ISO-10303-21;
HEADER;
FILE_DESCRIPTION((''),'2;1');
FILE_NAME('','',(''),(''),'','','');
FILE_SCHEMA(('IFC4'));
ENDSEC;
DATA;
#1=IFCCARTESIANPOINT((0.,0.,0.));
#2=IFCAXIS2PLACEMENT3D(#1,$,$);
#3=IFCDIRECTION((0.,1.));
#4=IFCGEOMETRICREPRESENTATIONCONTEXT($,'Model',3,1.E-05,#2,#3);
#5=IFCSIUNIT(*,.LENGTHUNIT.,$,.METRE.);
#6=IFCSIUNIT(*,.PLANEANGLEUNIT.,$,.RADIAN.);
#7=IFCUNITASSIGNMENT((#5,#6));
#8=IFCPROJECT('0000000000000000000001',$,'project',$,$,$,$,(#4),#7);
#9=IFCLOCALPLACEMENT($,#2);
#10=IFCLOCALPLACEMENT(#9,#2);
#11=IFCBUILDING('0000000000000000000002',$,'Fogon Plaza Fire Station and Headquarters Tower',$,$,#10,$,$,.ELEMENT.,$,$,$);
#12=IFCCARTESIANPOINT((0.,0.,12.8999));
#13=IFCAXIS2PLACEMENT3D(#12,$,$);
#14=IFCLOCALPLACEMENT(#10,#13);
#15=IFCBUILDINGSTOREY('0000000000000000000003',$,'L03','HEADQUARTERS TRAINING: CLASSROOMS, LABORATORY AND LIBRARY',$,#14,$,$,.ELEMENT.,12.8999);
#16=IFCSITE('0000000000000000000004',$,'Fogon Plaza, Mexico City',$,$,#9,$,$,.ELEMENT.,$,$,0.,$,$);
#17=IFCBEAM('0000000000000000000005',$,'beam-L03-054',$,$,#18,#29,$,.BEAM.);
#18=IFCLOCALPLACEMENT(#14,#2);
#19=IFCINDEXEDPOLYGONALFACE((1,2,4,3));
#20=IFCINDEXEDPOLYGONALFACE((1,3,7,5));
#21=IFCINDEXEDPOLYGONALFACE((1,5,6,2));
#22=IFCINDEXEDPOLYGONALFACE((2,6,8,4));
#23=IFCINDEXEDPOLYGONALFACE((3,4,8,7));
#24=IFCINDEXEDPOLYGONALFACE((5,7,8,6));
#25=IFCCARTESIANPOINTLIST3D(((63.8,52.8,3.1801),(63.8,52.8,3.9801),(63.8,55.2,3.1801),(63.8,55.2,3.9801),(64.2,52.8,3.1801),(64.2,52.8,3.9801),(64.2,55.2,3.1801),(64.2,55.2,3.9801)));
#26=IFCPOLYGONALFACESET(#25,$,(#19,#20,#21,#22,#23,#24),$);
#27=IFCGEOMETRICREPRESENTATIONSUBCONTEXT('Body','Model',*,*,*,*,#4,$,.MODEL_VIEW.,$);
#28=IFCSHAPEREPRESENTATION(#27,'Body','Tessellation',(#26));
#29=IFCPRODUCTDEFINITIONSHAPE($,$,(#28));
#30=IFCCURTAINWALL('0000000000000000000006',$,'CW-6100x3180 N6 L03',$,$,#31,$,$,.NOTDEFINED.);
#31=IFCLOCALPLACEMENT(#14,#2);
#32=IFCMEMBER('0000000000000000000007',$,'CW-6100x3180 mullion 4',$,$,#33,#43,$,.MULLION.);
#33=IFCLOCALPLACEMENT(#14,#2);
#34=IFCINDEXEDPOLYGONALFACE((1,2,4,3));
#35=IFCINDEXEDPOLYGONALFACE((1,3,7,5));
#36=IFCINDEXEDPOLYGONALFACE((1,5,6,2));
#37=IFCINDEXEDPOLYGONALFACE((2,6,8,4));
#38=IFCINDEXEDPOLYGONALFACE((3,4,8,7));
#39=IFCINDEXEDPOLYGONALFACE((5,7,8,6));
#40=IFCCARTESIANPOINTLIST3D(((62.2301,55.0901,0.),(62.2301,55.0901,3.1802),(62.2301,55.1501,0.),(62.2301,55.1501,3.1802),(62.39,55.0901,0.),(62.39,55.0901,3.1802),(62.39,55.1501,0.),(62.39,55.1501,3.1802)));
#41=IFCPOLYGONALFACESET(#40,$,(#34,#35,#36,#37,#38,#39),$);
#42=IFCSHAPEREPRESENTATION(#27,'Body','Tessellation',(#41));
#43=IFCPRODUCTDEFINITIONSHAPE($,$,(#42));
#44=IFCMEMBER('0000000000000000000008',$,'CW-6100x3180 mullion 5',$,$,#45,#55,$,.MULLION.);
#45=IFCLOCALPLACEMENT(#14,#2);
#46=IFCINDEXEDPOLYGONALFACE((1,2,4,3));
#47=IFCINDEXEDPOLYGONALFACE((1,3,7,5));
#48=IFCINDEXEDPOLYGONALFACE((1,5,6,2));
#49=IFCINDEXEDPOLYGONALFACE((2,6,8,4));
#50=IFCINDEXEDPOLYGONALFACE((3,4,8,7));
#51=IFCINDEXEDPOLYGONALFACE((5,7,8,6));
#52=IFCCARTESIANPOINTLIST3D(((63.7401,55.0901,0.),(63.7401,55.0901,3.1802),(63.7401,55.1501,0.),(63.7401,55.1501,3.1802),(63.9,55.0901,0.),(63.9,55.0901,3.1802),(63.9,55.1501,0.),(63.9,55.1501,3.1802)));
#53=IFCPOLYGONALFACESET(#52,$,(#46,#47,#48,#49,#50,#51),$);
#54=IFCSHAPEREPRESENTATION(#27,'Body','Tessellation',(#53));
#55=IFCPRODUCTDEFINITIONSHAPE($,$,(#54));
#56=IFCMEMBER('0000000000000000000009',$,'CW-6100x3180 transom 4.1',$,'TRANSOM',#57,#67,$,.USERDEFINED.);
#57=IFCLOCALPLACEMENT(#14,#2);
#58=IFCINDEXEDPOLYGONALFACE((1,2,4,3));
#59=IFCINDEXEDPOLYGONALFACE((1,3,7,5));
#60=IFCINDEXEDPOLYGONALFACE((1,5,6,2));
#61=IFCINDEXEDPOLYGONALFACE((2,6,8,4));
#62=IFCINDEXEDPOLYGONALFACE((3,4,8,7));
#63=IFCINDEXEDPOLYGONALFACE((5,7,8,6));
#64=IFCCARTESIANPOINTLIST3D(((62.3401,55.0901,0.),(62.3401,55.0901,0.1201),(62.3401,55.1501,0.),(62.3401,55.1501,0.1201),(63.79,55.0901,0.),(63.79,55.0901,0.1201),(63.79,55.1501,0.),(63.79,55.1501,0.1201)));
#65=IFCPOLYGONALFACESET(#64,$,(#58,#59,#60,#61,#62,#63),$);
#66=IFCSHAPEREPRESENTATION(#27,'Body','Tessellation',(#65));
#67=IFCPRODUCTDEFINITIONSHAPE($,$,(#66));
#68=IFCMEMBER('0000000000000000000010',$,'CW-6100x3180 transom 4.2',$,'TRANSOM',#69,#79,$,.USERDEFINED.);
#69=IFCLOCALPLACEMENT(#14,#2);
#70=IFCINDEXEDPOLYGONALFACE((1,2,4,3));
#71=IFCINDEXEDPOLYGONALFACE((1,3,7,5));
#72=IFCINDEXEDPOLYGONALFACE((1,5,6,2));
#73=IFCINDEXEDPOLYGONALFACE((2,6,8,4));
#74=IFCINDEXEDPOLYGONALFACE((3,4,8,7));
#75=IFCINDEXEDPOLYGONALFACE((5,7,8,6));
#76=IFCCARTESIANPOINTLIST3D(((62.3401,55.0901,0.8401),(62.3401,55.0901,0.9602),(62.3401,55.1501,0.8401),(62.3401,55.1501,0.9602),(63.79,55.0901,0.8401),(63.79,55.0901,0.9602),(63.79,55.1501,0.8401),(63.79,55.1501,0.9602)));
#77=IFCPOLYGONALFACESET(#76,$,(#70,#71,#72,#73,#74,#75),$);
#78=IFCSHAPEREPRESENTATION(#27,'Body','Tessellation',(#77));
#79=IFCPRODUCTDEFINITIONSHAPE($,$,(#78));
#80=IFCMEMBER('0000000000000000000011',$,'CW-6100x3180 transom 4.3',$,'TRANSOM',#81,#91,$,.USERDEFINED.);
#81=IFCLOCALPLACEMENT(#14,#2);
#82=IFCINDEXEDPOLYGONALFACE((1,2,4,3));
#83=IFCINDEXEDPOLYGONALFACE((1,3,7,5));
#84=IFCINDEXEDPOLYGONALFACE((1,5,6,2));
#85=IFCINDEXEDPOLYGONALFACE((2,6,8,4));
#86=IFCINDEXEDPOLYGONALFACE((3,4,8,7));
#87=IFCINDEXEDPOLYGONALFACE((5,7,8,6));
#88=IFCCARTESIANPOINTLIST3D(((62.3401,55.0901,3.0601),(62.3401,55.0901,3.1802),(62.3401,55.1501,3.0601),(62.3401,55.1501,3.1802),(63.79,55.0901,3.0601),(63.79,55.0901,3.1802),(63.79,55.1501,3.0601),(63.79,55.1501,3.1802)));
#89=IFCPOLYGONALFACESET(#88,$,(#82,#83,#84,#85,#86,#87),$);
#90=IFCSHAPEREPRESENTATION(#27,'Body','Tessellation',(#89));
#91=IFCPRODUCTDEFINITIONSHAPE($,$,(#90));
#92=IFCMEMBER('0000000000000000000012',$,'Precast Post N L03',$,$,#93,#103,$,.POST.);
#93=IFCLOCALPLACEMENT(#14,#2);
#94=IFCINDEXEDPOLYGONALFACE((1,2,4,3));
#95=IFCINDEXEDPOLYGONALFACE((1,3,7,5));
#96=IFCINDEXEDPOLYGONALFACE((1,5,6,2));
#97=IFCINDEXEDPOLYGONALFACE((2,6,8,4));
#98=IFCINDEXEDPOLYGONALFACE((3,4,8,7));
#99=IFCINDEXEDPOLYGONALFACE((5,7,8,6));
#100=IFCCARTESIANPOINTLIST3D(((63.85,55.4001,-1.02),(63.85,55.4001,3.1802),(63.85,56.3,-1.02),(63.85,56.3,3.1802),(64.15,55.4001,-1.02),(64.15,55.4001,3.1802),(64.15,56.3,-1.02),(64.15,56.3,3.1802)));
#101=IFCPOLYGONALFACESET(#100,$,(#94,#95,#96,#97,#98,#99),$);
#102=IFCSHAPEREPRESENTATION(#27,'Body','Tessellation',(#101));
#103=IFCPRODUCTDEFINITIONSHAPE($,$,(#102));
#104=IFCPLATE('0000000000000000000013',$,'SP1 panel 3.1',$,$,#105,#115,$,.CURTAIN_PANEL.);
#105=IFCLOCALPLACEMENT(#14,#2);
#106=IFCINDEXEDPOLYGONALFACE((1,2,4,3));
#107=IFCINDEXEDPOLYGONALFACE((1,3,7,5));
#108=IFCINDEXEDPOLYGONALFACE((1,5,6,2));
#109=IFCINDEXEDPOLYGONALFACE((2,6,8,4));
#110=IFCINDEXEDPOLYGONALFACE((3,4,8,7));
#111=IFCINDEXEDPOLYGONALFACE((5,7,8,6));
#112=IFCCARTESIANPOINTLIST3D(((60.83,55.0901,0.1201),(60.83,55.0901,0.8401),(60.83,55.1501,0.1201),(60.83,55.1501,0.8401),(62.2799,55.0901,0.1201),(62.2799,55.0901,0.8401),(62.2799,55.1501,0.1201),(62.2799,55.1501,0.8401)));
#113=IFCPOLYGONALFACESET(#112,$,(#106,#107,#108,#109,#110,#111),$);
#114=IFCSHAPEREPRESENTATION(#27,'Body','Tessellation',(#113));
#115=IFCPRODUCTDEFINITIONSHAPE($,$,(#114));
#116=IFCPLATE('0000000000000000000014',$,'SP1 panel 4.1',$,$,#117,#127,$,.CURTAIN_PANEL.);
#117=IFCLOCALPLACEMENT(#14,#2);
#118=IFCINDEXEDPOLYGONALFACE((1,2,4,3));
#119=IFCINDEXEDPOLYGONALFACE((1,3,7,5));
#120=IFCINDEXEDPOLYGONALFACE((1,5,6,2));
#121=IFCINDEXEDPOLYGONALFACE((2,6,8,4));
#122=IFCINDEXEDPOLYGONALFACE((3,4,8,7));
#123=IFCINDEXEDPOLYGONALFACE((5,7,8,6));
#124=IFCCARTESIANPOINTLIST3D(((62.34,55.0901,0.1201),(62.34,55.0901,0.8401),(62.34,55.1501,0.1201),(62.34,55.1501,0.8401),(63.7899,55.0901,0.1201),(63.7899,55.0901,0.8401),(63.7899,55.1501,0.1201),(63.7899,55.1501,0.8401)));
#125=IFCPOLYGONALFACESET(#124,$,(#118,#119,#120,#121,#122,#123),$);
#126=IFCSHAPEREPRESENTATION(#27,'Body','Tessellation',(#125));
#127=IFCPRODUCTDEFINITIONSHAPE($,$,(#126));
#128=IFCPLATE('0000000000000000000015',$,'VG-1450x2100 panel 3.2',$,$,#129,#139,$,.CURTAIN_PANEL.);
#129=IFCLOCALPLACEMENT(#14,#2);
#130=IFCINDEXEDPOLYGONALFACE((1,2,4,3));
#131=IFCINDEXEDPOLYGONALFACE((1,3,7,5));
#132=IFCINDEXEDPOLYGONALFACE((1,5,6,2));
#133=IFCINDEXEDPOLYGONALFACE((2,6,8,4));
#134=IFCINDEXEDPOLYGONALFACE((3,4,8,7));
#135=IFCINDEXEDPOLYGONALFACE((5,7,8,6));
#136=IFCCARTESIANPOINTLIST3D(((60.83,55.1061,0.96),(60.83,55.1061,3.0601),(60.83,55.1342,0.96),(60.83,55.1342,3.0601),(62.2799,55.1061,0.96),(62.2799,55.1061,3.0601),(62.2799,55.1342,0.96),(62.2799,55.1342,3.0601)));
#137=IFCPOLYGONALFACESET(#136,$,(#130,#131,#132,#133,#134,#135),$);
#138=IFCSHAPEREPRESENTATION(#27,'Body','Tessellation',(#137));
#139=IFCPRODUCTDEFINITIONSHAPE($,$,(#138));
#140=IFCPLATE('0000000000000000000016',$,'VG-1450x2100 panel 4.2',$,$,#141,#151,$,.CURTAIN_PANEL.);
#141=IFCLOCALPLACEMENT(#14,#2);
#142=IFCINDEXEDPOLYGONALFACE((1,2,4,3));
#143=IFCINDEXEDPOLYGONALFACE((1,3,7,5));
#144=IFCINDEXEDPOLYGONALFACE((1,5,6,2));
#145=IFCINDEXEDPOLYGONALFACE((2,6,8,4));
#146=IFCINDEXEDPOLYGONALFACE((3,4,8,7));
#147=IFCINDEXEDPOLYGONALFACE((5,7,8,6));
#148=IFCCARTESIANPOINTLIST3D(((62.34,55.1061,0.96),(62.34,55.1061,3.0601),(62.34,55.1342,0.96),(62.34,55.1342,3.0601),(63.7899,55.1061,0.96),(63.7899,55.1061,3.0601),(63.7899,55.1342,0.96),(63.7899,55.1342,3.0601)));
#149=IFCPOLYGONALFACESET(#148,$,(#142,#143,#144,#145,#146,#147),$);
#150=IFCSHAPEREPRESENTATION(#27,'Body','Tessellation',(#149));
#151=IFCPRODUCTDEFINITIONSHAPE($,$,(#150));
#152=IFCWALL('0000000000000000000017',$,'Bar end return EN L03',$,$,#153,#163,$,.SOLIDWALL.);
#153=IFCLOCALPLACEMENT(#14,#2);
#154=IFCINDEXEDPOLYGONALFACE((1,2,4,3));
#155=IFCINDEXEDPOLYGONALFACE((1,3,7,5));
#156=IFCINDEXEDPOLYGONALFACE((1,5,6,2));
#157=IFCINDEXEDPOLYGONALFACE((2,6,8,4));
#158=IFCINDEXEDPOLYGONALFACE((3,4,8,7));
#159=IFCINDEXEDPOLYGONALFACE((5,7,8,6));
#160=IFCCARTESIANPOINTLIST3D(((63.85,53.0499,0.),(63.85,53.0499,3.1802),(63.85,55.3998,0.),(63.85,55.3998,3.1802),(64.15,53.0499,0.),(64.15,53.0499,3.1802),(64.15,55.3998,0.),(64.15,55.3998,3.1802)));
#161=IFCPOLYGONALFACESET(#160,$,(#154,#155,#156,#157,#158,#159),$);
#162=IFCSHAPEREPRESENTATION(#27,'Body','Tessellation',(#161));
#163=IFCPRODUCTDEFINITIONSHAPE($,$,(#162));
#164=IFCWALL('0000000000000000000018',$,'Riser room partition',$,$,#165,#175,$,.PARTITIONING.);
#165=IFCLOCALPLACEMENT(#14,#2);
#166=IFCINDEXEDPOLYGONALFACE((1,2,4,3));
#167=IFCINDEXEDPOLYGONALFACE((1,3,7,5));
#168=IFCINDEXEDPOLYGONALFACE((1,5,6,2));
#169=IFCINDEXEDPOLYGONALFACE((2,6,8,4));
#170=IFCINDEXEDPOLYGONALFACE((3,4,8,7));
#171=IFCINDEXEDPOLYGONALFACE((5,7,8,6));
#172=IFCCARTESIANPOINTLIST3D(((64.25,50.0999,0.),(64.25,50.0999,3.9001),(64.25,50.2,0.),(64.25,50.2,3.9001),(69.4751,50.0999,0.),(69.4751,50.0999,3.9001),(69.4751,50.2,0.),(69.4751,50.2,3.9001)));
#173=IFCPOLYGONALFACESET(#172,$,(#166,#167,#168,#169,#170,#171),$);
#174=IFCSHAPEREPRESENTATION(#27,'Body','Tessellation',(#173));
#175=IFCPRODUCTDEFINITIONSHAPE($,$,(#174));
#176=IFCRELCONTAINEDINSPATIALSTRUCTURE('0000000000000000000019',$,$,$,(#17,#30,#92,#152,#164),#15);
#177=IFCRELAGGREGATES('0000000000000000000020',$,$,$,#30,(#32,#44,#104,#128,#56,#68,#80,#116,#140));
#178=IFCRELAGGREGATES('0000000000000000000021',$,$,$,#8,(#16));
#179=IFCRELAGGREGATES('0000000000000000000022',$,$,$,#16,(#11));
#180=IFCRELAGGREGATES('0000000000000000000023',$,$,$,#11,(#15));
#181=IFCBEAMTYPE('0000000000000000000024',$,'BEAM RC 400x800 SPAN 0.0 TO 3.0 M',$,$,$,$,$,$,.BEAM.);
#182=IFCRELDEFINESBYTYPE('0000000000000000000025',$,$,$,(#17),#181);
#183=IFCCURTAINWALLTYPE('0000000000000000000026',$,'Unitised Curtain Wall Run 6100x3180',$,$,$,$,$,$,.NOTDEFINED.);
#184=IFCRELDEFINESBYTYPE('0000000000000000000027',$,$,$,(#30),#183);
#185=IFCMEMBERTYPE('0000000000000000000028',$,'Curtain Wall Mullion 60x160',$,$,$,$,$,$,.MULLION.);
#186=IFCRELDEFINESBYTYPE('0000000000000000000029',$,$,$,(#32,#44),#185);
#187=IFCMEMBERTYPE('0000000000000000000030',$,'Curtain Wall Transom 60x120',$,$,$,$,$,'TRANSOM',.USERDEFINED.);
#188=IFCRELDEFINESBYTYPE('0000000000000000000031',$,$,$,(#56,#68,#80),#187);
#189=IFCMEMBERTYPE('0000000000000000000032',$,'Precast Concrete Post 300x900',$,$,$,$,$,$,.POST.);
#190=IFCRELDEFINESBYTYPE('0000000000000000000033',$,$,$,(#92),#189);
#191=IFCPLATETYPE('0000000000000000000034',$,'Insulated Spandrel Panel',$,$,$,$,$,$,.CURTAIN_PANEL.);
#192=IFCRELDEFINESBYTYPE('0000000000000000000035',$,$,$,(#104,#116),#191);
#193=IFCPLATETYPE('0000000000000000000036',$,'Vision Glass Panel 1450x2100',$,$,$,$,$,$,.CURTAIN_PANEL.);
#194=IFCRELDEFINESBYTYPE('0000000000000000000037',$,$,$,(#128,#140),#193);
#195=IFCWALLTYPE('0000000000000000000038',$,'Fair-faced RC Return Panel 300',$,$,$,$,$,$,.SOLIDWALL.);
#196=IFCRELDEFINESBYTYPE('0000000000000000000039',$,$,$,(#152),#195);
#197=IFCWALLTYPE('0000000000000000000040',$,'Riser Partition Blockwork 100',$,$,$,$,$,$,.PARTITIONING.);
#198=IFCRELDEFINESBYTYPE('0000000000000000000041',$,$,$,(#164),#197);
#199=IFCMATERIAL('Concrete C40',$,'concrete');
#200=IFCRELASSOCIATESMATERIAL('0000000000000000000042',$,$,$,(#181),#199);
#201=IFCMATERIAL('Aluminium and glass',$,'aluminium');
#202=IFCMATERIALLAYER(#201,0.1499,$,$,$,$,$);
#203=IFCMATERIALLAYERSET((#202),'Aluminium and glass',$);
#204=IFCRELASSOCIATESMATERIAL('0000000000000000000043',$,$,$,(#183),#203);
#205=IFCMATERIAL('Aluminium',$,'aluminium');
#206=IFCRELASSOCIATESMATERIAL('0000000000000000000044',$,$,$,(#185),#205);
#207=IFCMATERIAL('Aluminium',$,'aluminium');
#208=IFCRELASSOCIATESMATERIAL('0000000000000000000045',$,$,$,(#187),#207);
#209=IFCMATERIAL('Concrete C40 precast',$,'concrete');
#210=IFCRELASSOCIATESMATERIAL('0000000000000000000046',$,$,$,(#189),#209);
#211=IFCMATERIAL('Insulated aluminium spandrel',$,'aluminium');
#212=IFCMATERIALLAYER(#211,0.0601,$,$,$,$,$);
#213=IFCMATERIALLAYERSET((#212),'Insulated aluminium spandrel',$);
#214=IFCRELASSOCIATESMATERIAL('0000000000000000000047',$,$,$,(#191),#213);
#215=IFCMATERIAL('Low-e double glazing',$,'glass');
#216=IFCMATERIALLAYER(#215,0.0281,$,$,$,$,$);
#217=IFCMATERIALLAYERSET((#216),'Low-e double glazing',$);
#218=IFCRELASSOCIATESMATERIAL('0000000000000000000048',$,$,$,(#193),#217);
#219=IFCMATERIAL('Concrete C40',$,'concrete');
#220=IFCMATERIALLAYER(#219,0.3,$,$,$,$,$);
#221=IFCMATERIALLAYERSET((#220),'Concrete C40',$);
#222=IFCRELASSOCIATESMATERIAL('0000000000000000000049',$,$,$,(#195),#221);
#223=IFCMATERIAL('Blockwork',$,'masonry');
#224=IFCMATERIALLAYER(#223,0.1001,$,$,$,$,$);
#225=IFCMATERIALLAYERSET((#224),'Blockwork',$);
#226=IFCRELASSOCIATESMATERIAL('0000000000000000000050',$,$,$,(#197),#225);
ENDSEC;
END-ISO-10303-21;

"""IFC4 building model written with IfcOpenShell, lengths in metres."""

from ifc_helpers import new_model, si_unit, direction, frame, frame_2d, origin, origin_2d, place, context, subcontext, project, spatial, rectangle, extrude, material, layer, layer_set, material_profile, profile_set, type_object, element, aggregate, save


model = new_model("IFC4")

# Units and contexts
model_context = context("Model", 3, precision=1e-05, world=origin(), true_north=direction((0.0, 1.0)))
body_context = subcontext(model_context, "Body", "Model", "MODEL_VIEW")
ifc_project = project(units=[si_unit("LENGTHUNIT", "METRE"), si_unit("PLANEANGLEUNIT", "RADIAN")], contexts=[model_context])

# Site, building, storey
site_placement = place(None, origin())
site = spatial("IfcSite", under=ifc_project, at=site_placement, Name="Fogon Plaza, Mexico City", CompositionType="ELEMENT", RefElevation=0.0)
building_placement = place(site_placement, origin())
building = spatial("IfcBuilding", under=site, at=building_placement, Name="Fogon Plaza Fire Station and Headquarters Tower", CompositionType="ELEMENT")
storey_placement = place(building_placement, frame((0.0, 0.0, 12.8999)))
storey = spatial("IfcBuildingStorey", under=building, at=storey_placement, Name="L03", Description="HEADQUARTERS TRAINING: CLASSROOMS, LABORATORY AND LIBRARY", CompositionType="ELEMENT", Elevation=12.8999)

# Beam
ifc_material_1 = material(Name="Concrete C40", Category="concrete")
ifc_material_profile_1 = material_profile(ifc_material_1, rectangle(XDim=0.3999, YDim=0.8, at=origin_2d()), Name="RC 400x800")
ifc_profile_set_1 = profile_set([ifc_material_profile_1], Name="Concrete C40")
beam_type = type_object("IfcBeamType", Name="BEAM RC 400x800 SPAN 0.0 TO 3.0 M", PredefinedType="BEAM", material=ifc_profile_set_1)
beam_placement = place(storey_placement, frame((64.0, 52.8, 3.5801), z_axis=(0.0, 1.0, 0.0), x_axis=(-1.0, 0.0, 0.0)))
element("IfcBeam", 1, at=beam_placement, inside=storey, type_object=beam_type, Name="beam-L03-054", PredefinedType="BEAM", context=body_context, shape_type="SweptSolid", body=[
    extrude(rectangle(XDim=0.3999, YDim=0.8, at=origin_2d()), origin(), (0.0, 0.0, 1.0), 2.3999),
])

# Curtain wall, members
ifc_material_2 = material(Name="Aluminium and glass", Category="aluminium")
ifc_layer_1 = layer(ifc_material_2, 0.1499)
ifc_layer_set_1 = layer_set([ifc_layer_1], Name="Aluminium and glass")
curtain_wall_type = type_object("IfcCurtainWallType", Name="Unitised Curtain Wall Run 6100x3180", PredefinedType="NOTDEFINED", material=ifc_layer_set_1)
curtain_wall_placement = place(storey_placement, origin())
curtain_wall = element("IfcCurtainWall", 2, at=curtain_wall_placement, inside=storey, type_object=curtain_wall_type, Name="CW-6100x3180 N6 L03", PredefinedType="NOTDEFINED")
ifc_material_3 = material(Name="Aluminium", Category="aluminium")
ifc_material_profile_2 = material_profile(ifc_material_3, rectangle(XDim=0.0601, YDim=0.1599, at=origin_2d()), Name="Curtain Wall Mullion 60x160")
ifc_profile_set_2 = profile_set([ifc_material_profile_2], Name="Aluminium")
member_type_1 = type_object("IfcMemberType", Name="Curtain Wall Mullion 60x160", PredefinedType="MULLION", material=ifc_profile_set_2)
member_1_placement = place(storey_placement, frame((62.3101, 55.1201, 0.0), z_axis=(0.0, 0.0, 1.0), x_axis=(0.0, 1.0, 0.0)))
member_1 = element("IfcMember", 3, at=member_1_placement, type_object=member_type_1, Name="CW-6100x3180 mullion 4", PredefinedType="MULLION", context=body_context, shape_type="SweptSolid", body=[
    extrude(rectangle(XDim=0.0601, YDim=0.1599, at=origin_2d()), origin(), (0.0, 0.0, 1.0), 3.1802),
])
member_2_placement = place(storey_placement, frame((63.8201, 55.1201, 0.0), z_axis=(0.0, 0.0, 1.0), x_axis=(0.0, 1.0, 0.0)))
member_2 = element("IfcMember", 4, at=member_2_placement, type_object=member_type_1, Name="CW-6100x3180 mullion 5", PredefinedType="MULLION", context=body_context, shape_type="SweptSolid", body=[
    extrude(rectangle(XDim=0.0601, YDim=0.1599, at=origin_2d()), origin(), (0.0, 0.0, 1.0), 3.1802),
])
ifc_material_4 = material(Name="Aluminium", Category="aluminium")
ifc_material_profile_3 = material_profile(ifc_material_4, rectangle(XDim=0.0601, YDim=0.1201, at=origin_2d()), Name="Curtain Wall Transom 60x120")
ifc_profile_set_3 = profile_set([ifc_material_profile_3], Name="Aluminium")
member_type_2 = type_object("IfcMemberType", Name="Curtain Wall Transom 60x120", ElementType="TRANSOM", PredefinedType="USERDEFINED", material=ifc_profile_set_3)
member_3_placement = place(storey_placement, frame((62.3401, 55.1201, 0.0601), z_axis=(1.0, 0.0, 0.0), x_axis=(0.0, 1.0, 0.0)))
member_3 = element("IfcMember", 5, at=member_3_placement, type_object=member_type_2, Name="CW-6100x3180 transom 4.1", ObjectType="TRANSOM", PredefinedType="USERDEFINED", context=body_context, shape_type="SweptSolid", body=[
    extrude(rectangle(XDim=0.0601, YDim=0.1201, at=origin_2d()), origin(), (0.0, 0.0, 1.0), 1.45),
])
member_4_placement = place(storey_placement, frame((62.3401, 55.1201, 0.9001), z_axis=(1.0, 0.0, 0.0), x_axis=(0.0, 1.0, 0.0)))
member_4 = element("IfcMember", 6, at=member_4_placement, type_object=member_type_2, Name="CW-6100x3180 transom 4.2", ObjectType="TRANSOM", PredefinedType="USERDEFINED", context=body_context, shape_type="SweptSolid", body=[
    extrude(rectangle(XDim=0.0601, YDim=0.1201, at=origin_2d()), origin(), (0.0, 0.0, 1.0), 1.45),
])
member_5_placement = place(storey_placement, frame((62.3401, 55.1201, 3.1201), z_axis=(1.0, 0.0, 0.0), x_axis=(0.0, 1.0, 0.0)))
member_5 = element("IfcMember", 7, at=member_5_placement, type_object=member_type_2, Name="CW-6100x3180 transom 4.3", ObjectType="TRANSOM", PredefinedType="USERDEFINED", context=body_context, shape_type="SweptSolid", body=[
    extrude(rectangle(XDim=0.0601, YDim=0.1201, at=origin_2d()), origin(), (0.0, 0.0, 1.0), 1.45),
])

# Member
ifc_material_5 = material(Name="Concrete C40 precast", Category="concrete")
ifc_material_profile_4 = material_profile(ifc_material_5, rectangle(XDim=0.3, YDim=0.8999, at=origin_2d()), Name="Precast Concrete Post 300x900")
ifc_profile_set_4 = profile_set([ifc_material_profile_4], Name="Concrete C40 precast")
member_type_3 = type_object("IfcMemberType", Name="Precast Concrete Post 300x900", PredefinedType="POST", material=ifc_profile_set_4)
member_6_placement = place(storey_placement, frame((64.0, 55.8501, -1.02), z_axis=(0.0, 0.0, 1.0), x_axis=(1.0, 0.0, 0.0)))
element("IfcMember", 8, at=member_6_placement, inside=storey, type_object=member_type_3, Name="Precast Post N L03", PredefinedType="POST", context=body_context, shape_type="SweptSolid", body=[
    extrude(rectangle(XDim=0.3, YDim=0.8999, at=origin_2d()), origin(), (0.0, 0.0, 1.0), 4.2002),
])

# Plates
ifc_material_6 = material(Name="Insulated aluminium spandrel", Category="aluminium")
ifc_layer_2 = layer(ifc_material_6, 0.0601)
ifc_layer_set_2 = layer_set([ifc_layer_2], Name="Insulated aluminium spandrel")
plate_type_1 = type_object("IfcPlateType", Name="Insulated Spandrel Panel", PredefinedType="CURTAIN_PANEL", material=ifc_layer_set_2)
plate_1_placement = place(storey_placement, frame((61.5549, 55.1201, 0.1201), z_axis=(0.0, 0.0, 1.0), x_axis=(1.0, 0.0, 0.0)))
plate_1 = element("IfcPlate", 9, at=plate_1_placement, type_object=plate_type_1, Name="SP1 panel 3.1", PredefinedType="CURTAIN_PANEL", context=body_context, shape_type="SweptSolid", body=[
    extrude(rectangle(XDim=1.45, YDim=0.0601, at=origin_2d()), origin(), (0.0, 0.0, 1.0), 0.72),
])
plate_2_placement = place(storey_placement, frame((63.0649, 55.1201, 0.1201), z_axis=(0.0, 0.0, 1.0), x_axis=(1.0, 0.0, 0.0)))
plate_2 = element("IfcPlate", 10, at=plate_2_placement, type_object=plate_type_1, Name="SP1 panel 4.1", PredefinedType="CURTAIN_PANEL", context=body_context, shape_type="SweptSolid", body=[
    extrude(rectangle(XDim=1.45, YDim=0.0601, at=origin_2d()), origin(), (0.0, 0.0, 1.0), 0.72),
])
ifc_material_7 = material(Name="Low-e double glazing", Category="glass")
ifc_layer_3 = layer(ifc_material_7, 0.0281)
ifc_layer_set_3 = layer_set([ifc_layer_3], Name="Low-e double glazing")
plate_type_2 = type_object("IfcPlateType", Name="Vision Glass Panel 1450x2100", PredefinedType="CURTAIN_PANEL", material=ifc_layer_set_3)
plate_3_placement = place(storey_placement, frame((61.5549, 55.1201, 0.96), z_axis=(0.0, 0.0, 1.0), x_axis=(1.0, 0.0, 0.0)))
plate_3 = element("IfcPlate", 11, at=plate_3_placement, type_object=plate_type_2, Name="VG-1450x2100 panel 3.2", PredefinedType="CURTAIN_PANEL", context=body_context, shape_type="SweptSolid", body=[
    extrude(rectangle(XDim=1.45, YDim=0.0281, at=origin_2d()), origin(), (0.0, 0.0, 1.0), 2.1001),
])
plate_4_placement = place(storey_placement, frame((63.0649, 55.1201, 0.96), z_axis=(0.0, 0.0, 1.0), x_axis=(1.0, 0.0, 0.0)))
plate_4 = element("IfcPlate", 12, at=plate_4_placement, type_object=plate_type_2, Name="VG-1450x2100 panel 4.2", PredefinedType="CURTAIN_PANEL", context=body_context, shape_type="SweptSolid", body=[
    extrude(rectangle(XDim=1.45, YDim=0.0281, at=origin_2d()), origin(), (0.0, 0.0, 1.0), 2.1001),
])
aggregate(curtain_wall, [member_1, member_2, plate_1, plate_3, member_3, member_4, member_5, plate_2, plate_4])

# Walls
ifc_material_8 = material(Name="Concrete C40", Category="concrete")
ifc_layer_4 = layer(ifc_material_8, 0.3)
ifc_layer_set_4 = layer_set([ifc_layer_4], Name="Concrete C40")
wall_type_1 = type_object("IfcWallType", Name="Fair-faced RC Return Panel 300", PredefinedType="SOLIDWALL", material=ifc_layer_set_4)
wall_1_placement = place(storey_placement, frame((64.0, 53.05, 0.0), z_axis=(0.0, 0.0, 1.0), x_axis=(0.0, 1.0, 0.0)))
element("IfcWall", 13, at=wall_1_placement, inside=storey, type_object=wall_type_1, Name="Bar end return EN L03", PredefinedType="SOLIDWALL", context=body_context, shape_type="SweptSolid", body=[
    extrude(rectangle(XDim=2.3499, YDim=0.3, at=frame_2d((1.1748, 0.0))), origin(), (0.0, 0.0, 1.0), 3.1802),
])
ifc_material_9 = material(Name="Blockwork", Category="masonry")
ifc_layer_5 = layer(ifc_material_9, 0.1001)
ifc_layer_set_5 = layer_set([ifc_layer_5], Name="Blockwork")
wall_type_2 = type_object("IfcWallType", Name="Riser Partition Blockwork 100", PredefinedType="PARTITIONING", material=ifc_layer_set_5)
wall_2_placement = place(storey_placement, frame((69.4751, 50.1499, 0.0), z_axis=(0.0, 0.0, 1.0), x_axis=(-1.0, 0.0, 0.0)))
element("IfcWall", 14, at=wall_2_placement, inside=storey, type_object=wall_type_2, Name="Riser room partition", PredefinedType="PARTITIONING", context=body_context, shape_type="SweptSolid", body=[
    extrude(rectangle(XDim=5.2251, YDim=0.1001, at=frame_2d((2.6125, 0.0))), origin(), (0.0, 0.0, 1.0), 3.9001),
])

save(model, "model.ifc")
